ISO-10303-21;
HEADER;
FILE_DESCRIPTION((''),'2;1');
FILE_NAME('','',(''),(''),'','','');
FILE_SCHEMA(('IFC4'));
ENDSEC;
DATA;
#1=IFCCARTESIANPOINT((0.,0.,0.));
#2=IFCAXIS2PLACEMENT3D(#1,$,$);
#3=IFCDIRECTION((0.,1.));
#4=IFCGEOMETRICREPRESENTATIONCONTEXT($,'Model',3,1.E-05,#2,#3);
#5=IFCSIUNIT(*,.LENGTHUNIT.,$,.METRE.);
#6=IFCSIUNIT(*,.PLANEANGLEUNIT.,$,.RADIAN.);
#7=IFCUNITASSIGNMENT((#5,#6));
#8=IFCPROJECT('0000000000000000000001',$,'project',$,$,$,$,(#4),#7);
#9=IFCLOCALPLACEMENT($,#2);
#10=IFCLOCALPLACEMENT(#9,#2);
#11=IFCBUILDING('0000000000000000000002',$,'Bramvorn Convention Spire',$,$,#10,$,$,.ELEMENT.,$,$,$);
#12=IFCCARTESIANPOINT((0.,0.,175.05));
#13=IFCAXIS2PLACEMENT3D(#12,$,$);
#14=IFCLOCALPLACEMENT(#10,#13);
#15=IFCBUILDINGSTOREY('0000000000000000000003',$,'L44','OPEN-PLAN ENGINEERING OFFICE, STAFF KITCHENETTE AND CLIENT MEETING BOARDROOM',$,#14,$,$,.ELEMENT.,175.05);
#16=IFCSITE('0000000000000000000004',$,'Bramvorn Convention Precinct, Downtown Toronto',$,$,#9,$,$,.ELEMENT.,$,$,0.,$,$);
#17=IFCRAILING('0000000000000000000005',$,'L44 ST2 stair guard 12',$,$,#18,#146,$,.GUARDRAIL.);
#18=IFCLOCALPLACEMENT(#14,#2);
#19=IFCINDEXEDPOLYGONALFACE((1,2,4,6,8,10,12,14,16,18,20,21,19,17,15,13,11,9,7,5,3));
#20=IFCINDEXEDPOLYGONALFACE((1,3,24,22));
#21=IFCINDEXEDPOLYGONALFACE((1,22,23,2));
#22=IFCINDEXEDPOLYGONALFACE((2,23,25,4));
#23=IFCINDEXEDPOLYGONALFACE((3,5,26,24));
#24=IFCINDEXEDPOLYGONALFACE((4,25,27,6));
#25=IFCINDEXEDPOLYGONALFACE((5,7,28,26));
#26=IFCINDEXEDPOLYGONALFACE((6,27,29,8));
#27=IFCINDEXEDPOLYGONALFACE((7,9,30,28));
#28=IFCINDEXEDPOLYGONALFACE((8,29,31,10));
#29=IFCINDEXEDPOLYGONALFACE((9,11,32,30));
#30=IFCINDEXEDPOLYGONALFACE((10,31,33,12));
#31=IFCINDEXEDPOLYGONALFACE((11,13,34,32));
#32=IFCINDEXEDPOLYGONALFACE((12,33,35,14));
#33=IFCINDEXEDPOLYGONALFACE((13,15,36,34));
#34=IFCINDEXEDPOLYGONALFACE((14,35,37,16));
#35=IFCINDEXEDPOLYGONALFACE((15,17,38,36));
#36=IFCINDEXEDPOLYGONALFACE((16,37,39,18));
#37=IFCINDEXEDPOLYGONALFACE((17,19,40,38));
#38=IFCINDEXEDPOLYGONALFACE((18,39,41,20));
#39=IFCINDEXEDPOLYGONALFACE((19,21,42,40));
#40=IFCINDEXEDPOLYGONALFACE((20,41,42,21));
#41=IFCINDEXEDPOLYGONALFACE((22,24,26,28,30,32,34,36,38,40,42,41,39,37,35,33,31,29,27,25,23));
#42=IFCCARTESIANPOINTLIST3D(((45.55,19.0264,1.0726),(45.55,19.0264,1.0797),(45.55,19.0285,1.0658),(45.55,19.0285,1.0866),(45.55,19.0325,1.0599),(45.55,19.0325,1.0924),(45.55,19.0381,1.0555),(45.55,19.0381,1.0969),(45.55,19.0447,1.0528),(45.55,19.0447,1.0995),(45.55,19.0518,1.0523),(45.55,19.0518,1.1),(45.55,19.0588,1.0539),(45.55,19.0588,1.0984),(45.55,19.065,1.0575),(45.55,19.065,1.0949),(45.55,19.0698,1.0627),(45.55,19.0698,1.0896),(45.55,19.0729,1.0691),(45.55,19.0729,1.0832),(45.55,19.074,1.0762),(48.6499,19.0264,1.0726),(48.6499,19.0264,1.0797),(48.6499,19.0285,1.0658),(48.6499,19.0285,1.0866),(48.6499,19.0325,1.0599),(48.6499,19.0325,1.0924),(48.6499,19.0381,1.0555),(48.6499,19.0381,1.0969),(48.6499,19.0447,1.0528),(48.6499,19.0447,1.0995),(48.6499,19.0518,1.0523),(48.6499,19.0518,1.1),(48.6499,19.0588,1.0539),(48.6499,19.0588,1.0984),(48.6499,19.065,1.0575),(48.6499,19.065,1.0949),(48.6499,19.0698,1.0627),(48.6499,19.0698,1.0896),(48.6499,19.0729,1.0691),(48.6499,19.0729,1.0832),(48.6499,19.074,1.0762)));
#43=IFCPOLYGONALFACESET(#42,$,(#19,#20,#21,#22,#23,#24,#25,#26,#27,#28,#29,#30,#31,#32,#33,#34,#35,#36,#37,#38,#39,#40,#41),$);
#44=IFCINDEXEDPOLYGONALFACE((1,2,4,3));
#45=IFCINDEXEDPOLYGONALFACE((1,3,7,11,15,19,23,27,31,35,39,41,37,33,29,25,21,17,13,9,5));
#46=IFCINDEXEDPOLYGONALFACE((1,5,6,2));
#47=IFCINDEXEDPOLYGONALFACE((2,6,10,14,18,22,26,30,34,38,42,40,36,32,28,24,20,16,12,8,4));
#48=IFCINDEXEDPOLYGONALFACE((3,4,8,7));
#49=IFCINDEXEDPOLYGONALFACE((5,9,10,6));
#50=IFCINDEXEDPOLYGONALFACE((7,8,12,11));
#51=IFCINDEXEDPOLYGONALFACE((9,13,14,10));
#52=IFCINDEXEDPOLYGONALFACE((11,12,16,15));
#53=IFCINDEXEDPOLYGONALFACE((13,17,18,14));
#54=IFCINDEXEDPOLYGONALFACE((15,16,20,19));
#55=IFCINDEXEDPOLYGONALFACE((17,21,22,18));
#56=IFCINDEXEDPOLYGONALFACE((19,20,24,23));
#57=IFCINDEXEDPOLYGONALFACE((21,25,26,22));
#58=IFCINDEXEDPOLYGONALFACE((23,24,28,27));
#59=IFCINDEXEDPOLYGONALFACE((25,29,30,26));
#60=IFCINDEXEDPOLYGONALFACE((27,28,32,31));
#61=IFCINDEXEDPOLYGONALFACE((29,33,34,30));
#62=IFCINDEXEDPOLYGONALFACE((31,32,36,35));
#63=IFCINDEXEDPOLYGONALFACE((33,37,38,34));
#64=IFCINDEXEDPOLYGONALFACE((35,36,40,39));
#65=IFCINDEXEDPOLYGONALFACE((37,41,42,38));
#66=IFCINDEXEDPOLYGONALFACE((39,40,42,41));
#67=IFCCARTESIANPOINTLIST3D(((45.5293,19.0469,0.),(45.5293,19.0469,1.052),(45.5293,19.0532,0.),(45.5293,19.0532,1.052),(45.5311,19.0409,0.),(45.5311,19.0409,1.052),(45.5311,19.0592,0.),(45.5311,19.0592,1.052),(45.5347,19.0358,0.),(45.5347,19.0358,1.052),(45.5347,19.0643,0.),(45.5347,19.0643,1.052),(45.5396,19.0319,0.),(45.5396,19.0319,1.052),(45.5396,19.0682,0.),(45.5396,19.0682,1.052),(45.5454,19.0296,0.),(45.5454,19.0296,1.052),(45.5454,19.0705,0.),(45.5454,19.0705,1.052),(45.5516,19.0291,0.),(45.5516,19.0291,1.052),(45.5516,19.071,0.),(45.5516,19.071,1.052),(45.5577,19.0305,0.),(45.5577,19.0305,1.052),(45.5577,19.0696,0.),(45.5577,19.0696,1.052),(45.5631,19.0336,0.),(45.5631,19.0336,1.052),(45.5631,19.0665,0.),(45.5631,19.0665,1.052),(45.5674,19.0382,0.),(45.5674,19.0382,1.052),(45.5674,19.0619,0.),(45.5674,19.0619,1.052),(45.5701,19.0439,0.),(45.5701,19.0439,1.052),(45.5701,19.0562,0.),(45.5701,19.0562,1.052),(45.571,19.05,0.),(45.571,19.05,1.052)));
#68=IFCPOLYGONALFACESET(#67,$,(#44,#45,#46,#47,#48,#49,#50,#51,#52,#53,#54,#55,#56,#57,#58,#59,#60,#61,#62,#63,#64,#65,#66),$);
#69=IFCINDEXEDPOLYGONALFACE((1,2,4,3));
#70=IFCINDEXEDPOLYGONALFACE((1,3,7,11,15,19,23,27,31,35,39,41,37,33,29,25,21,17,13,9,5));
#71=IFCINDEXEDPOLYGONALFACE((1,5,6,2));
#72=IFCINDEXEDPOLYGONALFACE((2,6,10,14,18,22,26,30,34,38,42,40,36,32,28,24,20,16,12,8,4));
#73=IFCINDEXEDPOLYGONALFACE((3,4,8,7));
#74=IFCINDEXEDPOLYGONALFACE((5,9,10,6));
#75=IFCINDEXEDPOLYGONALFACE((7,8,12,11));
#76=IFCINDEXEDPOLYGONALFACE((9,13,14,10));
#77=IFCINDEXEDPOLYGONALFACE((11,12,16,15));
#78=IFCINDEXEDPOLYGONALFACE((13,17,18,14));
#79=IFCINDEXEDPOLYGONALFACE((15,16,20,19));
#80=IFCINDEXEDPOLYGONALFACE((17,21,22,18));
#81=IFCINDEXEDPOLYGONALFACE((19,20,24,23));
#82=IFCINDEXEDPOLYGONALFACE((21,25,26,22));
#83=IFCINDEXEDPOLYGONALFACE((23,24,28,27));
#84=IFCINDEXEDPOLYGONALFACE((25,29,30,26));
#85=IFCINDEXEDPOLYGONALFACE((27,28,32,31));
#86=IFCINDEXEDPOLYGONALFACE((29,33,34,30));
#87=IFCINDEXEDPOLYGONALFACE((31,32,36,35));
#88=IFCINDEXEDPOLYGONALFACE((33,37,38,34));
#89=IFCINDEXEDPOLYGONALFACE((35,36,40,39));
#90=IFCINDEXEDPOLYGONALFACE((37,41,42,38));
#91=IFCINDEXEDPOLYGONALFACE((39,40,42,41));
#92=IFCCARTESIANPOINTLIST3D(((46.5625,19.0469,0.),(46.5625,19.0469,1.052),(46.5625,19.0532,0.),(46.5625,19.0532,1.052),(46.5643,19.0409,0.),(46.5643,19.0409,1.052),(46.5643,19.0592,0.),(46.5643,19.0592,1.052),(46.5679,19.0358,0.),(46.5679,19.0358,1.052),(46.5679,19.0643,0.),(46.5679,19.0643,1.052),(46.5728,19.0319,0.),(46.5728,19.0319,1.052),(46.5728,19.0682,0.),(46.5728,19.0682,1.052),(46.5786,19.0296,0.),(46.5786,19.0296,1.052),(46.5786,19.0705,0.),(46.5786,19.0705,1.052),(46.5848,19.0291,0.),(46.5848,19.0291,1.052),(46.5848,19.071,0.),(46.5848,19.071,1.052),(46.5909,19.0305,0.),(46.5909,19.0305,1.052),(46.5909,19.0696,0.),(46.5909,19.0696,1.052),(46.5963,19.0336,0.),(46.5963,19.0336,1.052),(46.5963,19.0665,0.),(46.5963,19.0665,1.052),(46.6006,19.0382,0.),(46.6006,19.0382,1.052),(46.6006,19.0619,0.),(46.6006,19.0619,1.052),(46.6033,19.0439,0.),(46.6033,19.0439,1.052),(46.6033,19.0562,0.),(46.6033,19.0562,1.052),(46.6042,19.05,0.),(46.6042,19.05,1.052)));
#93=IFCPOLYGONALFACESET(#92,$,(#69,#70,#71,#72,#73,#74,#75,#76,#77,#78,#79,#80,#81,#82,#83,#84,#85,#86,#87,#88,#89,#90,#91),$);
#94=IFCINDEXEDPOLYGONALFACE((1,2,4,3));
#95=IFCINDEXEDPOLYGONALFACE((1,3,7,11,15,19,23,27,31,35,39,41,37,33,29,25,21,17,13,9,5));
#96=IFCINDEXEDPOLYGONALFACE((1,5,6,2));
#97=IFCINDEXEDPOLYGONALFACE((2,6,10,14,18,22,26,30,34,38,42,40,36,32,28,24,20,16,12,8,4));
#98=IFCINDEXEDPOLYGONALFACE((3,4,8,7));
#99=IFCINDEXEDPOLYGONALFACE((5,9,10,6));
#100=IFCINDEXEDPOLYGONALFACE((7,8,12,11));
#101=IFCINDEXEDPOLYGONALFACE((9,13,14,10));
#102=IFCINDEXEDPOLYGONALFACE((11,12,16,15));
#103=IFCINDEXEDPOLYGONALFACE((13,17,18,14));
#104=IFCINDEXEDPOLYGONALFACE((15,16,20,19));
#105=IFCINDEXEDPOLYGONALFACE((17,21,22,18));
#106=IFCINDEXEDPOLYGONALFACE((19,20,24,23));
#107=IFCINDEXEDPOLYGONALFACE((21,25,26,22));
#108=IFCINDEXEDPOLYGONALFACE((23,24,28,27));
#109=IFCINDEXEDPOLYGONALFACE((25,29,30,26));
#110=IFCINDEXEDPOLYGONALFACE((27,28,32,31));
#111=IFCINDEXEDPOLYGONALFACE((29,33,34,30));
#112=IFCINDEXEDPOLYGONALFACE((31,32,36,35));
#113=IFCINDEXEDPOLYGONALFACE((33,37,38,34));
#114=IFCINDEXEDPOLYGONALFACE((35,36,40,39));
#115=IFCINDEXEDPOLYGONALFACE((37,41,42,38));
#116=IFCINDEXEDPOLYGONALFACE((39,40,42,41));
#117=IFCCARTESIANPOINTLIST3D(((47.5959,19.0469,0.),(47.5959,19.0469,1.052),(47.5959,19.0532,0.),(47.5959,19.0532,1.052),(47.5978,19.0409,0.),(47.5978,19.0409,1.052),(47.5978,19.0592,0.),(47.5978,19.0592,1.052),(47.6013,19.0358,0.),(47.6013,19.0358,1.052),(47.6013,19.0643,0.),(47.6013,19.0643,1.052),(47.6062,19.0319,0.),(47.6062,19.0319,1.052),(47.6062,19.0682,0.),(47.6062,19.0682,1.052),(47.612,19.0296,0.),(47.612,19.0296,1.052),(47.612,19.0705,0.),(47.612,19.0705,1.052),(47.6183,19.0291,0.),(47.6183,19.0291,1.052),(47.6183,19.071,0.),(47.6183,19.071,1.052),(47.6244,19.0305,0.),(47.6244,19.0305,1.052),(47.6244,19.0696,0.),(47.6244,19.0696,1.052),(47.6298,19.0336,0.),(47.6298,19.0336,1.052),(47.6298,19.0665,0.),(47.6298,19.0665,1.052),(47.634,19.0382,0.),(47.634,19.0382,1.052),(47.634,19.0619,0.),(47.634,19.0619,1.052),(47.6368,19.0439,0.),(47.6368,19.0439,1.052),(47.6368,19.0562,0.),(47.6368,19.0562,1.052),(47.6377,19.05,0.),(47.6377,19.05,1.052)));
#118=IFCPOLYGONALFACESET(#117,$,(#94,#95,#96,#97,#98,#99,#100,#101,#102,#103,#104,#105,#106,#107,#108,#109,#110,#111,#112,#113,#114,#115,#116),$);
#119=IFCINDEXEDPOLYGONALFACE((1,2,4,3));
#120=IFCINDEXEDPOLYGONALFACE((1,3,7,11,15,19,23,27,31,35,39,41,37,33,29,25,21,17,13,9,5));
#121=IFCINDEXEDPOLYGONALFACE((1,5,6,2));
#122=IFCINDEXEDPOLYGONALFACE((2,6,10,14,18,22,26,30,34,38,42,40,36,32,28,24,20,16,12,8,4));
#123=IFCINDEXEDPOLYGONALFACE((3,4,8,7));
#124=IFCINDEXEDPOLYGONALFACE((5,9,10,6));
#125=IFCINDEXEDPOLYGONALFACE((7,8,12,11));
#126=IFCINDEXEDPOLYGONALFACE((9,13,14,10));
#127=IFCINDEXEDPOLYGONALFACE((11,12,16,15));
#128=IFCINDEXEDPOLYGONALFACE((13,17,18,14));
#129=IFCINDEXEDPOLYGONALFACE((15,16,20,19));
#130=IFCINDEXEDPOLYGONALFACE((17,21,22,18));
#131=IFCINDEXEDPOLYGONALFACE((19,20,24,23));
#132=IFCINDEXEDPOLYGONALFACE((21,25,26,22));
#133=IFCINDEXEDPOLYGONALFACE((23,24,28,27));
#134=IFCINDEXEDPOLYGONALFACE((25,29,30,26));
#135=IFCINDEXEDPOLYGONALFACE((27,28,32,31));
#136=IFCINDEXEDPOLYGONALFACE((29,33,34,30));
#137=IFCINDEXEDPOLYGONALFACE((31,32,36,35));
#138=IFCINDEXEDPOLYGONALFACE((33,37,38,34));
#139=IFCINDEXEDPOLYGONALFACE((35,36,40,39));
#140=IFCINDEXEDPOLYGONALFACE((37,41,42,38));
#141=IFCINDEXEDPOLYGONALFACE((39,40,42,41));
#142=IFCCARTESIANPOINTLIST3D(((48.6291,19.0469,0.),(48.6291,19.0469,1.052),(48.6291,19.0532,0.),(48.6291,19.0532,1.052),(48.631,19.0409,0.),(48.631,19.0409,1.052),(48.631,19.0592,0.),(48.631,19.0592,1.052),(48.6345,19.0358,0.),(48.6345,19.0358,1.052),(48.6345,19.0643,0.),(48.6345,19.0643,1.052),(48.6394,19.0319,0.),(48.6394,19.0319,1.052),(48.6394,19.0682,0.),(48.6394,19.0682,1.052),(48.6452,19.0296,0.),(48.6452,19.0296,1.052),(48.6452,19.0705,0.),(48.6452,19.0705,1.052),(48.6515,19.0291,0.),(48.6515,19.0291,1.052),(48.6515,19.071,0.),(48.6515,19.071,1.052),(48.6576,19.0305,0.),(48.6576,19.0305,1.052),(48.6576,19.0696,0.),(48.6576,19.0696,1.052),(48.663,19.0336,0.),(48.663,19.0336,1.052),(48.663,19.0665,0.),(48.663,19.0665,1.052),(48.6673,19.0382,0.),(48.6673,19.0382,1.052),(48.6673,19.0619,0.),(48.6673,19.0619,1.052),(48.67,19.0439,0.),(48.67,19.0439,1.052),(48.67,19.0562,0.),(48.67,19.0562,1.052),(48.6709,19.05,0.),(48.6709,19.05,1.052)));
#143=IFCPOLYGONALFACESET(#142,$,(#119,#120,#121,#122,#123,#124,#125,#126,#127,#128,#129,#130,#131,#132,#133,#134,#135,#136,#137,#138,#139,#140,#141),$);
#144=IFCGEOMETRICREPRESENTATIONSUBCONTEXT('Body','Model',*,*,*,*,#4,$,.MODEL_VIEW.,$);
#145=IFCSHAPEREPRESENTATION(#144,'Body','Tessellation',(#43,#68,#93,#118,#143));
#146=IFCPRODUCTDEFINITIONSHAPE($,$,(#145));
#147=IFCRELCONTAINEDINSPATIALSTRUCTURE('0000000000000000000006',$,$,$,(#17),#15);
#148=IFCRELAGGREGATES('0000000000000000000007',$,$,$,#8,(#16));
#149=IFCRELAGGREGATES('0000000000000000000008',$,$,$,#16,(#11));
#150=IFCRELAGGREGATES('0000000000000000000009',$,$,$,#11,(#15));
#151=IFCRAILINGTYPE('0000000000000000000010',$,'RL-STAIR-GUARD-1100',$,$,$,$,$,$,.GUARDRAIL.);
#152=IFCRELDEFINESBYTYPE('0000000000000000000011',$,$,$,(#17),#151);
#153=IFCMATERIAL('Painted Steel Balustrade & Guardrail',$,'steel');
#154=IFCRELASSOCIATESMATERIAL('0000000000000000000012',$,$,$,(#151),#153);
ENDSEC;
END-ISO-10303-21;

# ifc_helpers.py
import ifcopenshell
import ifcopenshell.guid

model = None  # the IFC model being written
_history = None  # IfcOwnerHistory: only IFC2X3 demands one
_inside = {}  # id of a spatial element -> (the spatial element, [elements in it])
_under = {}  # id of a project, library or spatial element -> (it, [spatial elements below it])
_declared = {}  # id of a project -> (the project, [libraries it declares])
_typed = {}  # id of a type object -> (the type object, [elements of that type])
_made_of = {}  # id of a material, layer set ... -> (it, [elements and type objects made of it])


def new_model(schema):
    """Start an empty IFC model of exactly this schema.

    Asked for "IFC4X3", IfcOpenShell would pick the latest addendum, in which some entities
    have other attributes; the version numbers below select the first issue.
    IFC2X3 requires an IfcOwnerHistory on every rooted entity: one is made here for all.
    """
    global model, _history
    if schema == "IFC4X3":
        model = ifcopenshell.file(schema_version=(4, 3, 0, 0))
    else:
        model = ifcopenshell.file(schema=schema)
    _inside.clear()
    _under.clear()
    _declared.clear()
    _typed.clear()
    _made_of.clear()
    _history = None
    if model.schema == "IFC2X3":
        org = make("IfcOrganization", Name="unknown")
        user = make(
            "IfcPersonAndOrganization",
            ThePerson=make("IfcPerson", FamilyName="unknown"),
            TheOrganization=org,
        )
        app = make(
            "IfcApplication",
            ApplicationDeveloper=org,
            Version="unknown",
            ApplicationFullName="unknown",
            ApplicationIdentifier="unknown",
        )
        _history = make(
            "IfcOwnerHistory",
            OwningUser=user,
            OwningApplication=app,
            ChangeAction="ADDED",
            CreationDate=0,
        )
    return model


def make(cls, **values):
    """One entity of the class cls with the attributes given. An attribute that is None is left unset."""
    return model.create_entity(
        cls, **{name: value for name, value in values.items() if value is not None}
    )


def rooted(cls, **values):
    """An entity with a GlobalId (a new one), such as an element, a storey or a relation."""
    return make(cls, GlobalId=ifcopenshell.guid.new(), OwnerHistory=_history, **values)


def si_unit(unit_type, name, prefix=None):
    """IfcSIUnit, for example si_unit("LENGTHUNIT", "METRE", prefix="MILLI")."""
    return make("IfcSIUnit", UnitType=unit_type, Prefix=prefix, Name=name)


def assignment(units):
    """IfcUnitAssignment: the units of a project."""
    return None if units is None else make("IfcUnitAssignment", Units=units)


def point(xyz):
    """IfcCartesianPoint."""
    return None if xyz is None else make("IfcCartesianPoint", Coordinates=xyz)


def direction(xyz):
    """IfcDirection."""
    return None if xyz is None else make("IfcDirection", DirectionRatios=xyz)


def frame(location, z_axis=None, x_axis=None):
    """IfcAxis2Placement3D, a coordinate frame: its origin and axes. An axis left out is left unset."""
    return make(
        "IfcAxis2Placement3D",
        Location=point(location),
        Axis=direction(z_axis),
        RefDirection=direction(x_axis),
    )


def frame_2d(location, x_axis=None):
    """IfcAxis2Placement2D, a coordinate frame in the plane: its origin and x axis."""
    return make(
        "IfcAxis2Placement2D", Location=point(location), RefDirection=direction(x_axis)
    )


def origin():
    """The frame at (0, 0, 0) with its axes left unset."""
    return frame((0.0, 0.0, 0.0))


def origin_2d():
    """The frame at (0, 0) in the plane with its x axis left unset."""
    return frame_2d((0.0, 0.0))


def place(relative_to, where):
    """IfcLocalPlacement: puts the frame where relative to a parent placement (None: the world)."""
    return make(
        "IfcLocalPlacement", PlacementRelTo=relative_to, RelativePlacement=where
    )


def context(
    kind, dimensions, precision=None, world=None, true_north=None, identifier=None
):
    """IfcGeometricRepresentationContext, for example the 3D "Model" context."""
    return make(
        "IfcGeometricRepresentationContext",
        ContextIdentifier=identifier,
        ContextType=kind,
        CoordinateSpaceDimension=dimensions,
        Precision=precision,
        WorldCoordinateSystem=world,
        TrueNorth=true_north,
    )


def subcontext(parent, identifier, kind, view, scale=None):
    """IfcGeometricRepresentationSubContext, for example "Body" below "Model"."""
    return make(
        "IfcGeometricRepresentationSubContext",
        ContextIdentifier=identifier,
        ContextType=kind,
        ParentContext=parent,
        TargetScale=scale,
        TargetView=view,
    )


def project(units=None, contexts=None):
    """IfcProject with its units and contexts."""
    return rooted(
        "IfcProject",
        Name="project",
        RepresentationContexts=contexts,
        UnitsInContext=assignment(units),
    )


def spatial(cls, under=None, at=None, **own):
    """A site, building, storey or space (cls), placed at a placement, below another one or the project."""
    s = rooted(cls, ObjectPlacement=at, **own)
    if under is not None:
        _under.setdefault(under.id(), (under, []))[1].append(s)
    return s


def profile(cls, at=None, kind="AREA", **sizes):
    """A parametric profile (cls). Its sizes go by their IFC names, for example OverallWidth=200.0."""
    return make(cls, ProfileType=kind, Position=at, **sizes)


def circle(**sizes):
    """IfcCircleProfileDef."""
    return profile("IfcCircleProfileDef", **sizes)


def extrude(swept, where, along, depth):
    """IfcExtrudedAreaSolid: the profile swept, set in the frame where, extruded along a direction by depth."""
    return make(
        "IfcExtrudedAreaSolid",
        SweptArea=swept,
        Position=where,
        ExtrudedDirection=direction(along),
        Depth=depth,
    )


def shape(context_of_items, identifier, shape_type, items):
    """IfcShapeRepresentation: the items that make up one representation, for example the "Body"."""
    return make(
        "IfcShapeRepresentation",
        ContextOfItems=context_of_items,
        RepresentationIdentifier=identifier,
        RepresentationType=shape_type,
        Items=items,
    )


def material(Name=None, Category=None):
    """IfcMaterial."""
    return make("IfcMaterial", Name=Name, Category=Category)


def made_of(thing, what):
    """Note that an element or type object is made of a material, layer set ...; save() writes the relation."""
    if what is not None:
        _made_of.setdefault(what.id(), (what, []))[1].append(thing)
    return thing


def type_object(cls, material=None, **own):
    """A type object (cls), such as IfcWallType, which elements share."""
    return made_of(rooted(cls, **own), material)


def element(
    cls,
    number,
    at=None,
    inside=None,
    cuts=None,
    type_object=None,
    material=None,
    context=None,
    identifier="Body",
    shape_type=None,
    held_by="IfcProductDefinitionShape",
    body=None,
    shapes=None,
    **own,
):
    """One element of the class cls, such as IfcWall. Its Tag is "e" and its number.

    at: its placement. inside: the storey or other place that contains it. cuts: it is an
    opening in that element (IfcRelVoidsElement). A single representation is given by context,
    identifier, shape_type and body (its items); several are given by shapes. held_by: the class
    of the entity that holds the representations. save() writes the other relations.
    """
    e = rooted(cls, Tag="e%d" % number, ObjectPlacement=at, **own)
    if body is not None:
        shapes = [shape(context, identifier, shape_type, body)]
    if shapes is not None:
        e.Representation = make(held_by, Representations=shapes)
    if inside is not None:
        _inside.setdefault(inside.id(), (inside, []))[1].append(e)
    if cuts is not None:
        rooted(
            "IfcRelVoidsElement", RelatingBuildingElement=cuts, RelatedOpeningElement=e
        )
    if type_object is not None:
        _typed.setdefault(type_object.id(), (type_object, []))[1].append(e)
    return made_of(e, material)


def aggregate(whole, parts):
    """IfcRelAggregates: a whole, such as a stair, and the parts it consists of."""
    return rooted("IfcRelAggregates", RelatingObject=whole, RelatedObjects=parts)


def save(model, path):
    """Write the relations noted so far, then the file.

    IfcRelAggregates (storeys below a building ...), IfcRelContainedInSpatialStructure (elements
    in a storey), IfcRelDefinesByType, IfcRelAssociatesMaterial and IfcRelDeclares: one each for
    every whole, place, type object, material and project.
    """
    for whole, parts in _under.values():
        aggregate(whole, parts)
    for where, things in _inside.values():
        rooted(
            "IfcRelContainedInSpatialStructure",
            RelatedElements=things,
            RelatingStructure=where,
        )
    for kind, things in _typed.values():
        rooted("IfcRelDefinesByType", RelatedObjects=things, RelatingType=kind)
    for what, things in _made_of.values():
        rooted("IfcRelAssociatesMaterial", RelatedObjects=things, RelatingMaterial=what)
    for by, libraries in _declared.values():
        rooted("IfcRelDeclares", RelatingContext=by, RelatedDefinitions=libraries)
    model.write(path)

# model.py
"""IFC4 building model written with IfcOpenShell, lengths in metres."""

from ifc_helpers import new_model, si_unit, direction, frame, origin, origin_2d, place, context, subcontext, project, spatial, circle, extrude, material, type_object, element, save


model = new_model("IFC4")

# Units and contexts
model_context = context("Model", 3, precision=1e-05, world=origin(), true_north=direction((0.0, 1.0)))
body_context = subcontext(model_context, "Body", "Model", "MODEL_VIEW")
ifc_project = project(units=[si_unit("LENGTHUNIT", "METRE"), si_unit("PLANEANGLEUNIT", "RADIAN")], contexts=[model_context])

# Site, building, storey
site_placement = place(None, origin())
site = spatial("IfcSite", under=ifc_project, at=site_placement, Name="Bramvorn Convention Precinct, Downtown Toronto", CompositionType="ELEMENT", RefElevation=0.0)
building_placement = place(site_placement, origin())
building = spatial("IfcBuilding", under=site, at=building_placement, Name="Bramvorn Convention Spire", CompositionType="ELEMENT")
storey_placement = place(building_placement, frame((0.0, 0.0, 175.05)))
storey = spatial("IfcBuildingStorey", under=building, at=storey_placement, Name="L44", Description="OPEN-PLAN ENGINEERING OFFICE, STAFF KITCHENETTE AND CLIENT MEETING BOARDROOM", CompositionType="ELEMENT", Elevation=175.05)

# Railing
ifc_material_1 = material(Name="Painted Steel Balustrade & Guardrail", Category="steel")
railing_type = type_object("IfcRailingType", Name="RL-STAIR-GUARD-1100", PredefinedType="GUARDRAIL", material=ifc_material_1)
railing_1_placement = place(storey_placement, frame((45.55, 19.05, 0.0)))
element("IfcRailing", 1, at=railing_1_placement, inside=storey, type_object=railing_type, Name="L44 ST2 stair guard 12", PredefinedType="GUARDRAIL", context=body_context, shape_type="SweptSolid", body=[
    extrude(circle(Radius=0.0239, at=origin_2d()), frame((0.0, 0.0, 1.0762), z_axis=(1.0, 0.0, 0.0), x_axis=(0.0, 1.0, 0.0)), (0.0, 0.0, 1.0), 3.0999),
    extrude(circle(Radius=0.021, at=origin_2d()), origin(), (0.0, 0.0, 1.0), 1.052),
    extrude(circle(Radius=0.021, at=origin_2d()), frame((1.0332, 0.0, 0.0)), (0.0, 0.0, 1.0), 1.052),
    extrude(circle(Radius=0.021, at=origin_2d()), frame((2.0667, 0.0, 0.0)), (0.0, 0.0, 1.0), 1.052),
    extrude(circle(Radius=0.021, at=origin_2d()), frame((3.0999, 0.0, 0.0)), (0.0, 0.0, 1.0), 1.052),
])

save(model, "model.ifc")
